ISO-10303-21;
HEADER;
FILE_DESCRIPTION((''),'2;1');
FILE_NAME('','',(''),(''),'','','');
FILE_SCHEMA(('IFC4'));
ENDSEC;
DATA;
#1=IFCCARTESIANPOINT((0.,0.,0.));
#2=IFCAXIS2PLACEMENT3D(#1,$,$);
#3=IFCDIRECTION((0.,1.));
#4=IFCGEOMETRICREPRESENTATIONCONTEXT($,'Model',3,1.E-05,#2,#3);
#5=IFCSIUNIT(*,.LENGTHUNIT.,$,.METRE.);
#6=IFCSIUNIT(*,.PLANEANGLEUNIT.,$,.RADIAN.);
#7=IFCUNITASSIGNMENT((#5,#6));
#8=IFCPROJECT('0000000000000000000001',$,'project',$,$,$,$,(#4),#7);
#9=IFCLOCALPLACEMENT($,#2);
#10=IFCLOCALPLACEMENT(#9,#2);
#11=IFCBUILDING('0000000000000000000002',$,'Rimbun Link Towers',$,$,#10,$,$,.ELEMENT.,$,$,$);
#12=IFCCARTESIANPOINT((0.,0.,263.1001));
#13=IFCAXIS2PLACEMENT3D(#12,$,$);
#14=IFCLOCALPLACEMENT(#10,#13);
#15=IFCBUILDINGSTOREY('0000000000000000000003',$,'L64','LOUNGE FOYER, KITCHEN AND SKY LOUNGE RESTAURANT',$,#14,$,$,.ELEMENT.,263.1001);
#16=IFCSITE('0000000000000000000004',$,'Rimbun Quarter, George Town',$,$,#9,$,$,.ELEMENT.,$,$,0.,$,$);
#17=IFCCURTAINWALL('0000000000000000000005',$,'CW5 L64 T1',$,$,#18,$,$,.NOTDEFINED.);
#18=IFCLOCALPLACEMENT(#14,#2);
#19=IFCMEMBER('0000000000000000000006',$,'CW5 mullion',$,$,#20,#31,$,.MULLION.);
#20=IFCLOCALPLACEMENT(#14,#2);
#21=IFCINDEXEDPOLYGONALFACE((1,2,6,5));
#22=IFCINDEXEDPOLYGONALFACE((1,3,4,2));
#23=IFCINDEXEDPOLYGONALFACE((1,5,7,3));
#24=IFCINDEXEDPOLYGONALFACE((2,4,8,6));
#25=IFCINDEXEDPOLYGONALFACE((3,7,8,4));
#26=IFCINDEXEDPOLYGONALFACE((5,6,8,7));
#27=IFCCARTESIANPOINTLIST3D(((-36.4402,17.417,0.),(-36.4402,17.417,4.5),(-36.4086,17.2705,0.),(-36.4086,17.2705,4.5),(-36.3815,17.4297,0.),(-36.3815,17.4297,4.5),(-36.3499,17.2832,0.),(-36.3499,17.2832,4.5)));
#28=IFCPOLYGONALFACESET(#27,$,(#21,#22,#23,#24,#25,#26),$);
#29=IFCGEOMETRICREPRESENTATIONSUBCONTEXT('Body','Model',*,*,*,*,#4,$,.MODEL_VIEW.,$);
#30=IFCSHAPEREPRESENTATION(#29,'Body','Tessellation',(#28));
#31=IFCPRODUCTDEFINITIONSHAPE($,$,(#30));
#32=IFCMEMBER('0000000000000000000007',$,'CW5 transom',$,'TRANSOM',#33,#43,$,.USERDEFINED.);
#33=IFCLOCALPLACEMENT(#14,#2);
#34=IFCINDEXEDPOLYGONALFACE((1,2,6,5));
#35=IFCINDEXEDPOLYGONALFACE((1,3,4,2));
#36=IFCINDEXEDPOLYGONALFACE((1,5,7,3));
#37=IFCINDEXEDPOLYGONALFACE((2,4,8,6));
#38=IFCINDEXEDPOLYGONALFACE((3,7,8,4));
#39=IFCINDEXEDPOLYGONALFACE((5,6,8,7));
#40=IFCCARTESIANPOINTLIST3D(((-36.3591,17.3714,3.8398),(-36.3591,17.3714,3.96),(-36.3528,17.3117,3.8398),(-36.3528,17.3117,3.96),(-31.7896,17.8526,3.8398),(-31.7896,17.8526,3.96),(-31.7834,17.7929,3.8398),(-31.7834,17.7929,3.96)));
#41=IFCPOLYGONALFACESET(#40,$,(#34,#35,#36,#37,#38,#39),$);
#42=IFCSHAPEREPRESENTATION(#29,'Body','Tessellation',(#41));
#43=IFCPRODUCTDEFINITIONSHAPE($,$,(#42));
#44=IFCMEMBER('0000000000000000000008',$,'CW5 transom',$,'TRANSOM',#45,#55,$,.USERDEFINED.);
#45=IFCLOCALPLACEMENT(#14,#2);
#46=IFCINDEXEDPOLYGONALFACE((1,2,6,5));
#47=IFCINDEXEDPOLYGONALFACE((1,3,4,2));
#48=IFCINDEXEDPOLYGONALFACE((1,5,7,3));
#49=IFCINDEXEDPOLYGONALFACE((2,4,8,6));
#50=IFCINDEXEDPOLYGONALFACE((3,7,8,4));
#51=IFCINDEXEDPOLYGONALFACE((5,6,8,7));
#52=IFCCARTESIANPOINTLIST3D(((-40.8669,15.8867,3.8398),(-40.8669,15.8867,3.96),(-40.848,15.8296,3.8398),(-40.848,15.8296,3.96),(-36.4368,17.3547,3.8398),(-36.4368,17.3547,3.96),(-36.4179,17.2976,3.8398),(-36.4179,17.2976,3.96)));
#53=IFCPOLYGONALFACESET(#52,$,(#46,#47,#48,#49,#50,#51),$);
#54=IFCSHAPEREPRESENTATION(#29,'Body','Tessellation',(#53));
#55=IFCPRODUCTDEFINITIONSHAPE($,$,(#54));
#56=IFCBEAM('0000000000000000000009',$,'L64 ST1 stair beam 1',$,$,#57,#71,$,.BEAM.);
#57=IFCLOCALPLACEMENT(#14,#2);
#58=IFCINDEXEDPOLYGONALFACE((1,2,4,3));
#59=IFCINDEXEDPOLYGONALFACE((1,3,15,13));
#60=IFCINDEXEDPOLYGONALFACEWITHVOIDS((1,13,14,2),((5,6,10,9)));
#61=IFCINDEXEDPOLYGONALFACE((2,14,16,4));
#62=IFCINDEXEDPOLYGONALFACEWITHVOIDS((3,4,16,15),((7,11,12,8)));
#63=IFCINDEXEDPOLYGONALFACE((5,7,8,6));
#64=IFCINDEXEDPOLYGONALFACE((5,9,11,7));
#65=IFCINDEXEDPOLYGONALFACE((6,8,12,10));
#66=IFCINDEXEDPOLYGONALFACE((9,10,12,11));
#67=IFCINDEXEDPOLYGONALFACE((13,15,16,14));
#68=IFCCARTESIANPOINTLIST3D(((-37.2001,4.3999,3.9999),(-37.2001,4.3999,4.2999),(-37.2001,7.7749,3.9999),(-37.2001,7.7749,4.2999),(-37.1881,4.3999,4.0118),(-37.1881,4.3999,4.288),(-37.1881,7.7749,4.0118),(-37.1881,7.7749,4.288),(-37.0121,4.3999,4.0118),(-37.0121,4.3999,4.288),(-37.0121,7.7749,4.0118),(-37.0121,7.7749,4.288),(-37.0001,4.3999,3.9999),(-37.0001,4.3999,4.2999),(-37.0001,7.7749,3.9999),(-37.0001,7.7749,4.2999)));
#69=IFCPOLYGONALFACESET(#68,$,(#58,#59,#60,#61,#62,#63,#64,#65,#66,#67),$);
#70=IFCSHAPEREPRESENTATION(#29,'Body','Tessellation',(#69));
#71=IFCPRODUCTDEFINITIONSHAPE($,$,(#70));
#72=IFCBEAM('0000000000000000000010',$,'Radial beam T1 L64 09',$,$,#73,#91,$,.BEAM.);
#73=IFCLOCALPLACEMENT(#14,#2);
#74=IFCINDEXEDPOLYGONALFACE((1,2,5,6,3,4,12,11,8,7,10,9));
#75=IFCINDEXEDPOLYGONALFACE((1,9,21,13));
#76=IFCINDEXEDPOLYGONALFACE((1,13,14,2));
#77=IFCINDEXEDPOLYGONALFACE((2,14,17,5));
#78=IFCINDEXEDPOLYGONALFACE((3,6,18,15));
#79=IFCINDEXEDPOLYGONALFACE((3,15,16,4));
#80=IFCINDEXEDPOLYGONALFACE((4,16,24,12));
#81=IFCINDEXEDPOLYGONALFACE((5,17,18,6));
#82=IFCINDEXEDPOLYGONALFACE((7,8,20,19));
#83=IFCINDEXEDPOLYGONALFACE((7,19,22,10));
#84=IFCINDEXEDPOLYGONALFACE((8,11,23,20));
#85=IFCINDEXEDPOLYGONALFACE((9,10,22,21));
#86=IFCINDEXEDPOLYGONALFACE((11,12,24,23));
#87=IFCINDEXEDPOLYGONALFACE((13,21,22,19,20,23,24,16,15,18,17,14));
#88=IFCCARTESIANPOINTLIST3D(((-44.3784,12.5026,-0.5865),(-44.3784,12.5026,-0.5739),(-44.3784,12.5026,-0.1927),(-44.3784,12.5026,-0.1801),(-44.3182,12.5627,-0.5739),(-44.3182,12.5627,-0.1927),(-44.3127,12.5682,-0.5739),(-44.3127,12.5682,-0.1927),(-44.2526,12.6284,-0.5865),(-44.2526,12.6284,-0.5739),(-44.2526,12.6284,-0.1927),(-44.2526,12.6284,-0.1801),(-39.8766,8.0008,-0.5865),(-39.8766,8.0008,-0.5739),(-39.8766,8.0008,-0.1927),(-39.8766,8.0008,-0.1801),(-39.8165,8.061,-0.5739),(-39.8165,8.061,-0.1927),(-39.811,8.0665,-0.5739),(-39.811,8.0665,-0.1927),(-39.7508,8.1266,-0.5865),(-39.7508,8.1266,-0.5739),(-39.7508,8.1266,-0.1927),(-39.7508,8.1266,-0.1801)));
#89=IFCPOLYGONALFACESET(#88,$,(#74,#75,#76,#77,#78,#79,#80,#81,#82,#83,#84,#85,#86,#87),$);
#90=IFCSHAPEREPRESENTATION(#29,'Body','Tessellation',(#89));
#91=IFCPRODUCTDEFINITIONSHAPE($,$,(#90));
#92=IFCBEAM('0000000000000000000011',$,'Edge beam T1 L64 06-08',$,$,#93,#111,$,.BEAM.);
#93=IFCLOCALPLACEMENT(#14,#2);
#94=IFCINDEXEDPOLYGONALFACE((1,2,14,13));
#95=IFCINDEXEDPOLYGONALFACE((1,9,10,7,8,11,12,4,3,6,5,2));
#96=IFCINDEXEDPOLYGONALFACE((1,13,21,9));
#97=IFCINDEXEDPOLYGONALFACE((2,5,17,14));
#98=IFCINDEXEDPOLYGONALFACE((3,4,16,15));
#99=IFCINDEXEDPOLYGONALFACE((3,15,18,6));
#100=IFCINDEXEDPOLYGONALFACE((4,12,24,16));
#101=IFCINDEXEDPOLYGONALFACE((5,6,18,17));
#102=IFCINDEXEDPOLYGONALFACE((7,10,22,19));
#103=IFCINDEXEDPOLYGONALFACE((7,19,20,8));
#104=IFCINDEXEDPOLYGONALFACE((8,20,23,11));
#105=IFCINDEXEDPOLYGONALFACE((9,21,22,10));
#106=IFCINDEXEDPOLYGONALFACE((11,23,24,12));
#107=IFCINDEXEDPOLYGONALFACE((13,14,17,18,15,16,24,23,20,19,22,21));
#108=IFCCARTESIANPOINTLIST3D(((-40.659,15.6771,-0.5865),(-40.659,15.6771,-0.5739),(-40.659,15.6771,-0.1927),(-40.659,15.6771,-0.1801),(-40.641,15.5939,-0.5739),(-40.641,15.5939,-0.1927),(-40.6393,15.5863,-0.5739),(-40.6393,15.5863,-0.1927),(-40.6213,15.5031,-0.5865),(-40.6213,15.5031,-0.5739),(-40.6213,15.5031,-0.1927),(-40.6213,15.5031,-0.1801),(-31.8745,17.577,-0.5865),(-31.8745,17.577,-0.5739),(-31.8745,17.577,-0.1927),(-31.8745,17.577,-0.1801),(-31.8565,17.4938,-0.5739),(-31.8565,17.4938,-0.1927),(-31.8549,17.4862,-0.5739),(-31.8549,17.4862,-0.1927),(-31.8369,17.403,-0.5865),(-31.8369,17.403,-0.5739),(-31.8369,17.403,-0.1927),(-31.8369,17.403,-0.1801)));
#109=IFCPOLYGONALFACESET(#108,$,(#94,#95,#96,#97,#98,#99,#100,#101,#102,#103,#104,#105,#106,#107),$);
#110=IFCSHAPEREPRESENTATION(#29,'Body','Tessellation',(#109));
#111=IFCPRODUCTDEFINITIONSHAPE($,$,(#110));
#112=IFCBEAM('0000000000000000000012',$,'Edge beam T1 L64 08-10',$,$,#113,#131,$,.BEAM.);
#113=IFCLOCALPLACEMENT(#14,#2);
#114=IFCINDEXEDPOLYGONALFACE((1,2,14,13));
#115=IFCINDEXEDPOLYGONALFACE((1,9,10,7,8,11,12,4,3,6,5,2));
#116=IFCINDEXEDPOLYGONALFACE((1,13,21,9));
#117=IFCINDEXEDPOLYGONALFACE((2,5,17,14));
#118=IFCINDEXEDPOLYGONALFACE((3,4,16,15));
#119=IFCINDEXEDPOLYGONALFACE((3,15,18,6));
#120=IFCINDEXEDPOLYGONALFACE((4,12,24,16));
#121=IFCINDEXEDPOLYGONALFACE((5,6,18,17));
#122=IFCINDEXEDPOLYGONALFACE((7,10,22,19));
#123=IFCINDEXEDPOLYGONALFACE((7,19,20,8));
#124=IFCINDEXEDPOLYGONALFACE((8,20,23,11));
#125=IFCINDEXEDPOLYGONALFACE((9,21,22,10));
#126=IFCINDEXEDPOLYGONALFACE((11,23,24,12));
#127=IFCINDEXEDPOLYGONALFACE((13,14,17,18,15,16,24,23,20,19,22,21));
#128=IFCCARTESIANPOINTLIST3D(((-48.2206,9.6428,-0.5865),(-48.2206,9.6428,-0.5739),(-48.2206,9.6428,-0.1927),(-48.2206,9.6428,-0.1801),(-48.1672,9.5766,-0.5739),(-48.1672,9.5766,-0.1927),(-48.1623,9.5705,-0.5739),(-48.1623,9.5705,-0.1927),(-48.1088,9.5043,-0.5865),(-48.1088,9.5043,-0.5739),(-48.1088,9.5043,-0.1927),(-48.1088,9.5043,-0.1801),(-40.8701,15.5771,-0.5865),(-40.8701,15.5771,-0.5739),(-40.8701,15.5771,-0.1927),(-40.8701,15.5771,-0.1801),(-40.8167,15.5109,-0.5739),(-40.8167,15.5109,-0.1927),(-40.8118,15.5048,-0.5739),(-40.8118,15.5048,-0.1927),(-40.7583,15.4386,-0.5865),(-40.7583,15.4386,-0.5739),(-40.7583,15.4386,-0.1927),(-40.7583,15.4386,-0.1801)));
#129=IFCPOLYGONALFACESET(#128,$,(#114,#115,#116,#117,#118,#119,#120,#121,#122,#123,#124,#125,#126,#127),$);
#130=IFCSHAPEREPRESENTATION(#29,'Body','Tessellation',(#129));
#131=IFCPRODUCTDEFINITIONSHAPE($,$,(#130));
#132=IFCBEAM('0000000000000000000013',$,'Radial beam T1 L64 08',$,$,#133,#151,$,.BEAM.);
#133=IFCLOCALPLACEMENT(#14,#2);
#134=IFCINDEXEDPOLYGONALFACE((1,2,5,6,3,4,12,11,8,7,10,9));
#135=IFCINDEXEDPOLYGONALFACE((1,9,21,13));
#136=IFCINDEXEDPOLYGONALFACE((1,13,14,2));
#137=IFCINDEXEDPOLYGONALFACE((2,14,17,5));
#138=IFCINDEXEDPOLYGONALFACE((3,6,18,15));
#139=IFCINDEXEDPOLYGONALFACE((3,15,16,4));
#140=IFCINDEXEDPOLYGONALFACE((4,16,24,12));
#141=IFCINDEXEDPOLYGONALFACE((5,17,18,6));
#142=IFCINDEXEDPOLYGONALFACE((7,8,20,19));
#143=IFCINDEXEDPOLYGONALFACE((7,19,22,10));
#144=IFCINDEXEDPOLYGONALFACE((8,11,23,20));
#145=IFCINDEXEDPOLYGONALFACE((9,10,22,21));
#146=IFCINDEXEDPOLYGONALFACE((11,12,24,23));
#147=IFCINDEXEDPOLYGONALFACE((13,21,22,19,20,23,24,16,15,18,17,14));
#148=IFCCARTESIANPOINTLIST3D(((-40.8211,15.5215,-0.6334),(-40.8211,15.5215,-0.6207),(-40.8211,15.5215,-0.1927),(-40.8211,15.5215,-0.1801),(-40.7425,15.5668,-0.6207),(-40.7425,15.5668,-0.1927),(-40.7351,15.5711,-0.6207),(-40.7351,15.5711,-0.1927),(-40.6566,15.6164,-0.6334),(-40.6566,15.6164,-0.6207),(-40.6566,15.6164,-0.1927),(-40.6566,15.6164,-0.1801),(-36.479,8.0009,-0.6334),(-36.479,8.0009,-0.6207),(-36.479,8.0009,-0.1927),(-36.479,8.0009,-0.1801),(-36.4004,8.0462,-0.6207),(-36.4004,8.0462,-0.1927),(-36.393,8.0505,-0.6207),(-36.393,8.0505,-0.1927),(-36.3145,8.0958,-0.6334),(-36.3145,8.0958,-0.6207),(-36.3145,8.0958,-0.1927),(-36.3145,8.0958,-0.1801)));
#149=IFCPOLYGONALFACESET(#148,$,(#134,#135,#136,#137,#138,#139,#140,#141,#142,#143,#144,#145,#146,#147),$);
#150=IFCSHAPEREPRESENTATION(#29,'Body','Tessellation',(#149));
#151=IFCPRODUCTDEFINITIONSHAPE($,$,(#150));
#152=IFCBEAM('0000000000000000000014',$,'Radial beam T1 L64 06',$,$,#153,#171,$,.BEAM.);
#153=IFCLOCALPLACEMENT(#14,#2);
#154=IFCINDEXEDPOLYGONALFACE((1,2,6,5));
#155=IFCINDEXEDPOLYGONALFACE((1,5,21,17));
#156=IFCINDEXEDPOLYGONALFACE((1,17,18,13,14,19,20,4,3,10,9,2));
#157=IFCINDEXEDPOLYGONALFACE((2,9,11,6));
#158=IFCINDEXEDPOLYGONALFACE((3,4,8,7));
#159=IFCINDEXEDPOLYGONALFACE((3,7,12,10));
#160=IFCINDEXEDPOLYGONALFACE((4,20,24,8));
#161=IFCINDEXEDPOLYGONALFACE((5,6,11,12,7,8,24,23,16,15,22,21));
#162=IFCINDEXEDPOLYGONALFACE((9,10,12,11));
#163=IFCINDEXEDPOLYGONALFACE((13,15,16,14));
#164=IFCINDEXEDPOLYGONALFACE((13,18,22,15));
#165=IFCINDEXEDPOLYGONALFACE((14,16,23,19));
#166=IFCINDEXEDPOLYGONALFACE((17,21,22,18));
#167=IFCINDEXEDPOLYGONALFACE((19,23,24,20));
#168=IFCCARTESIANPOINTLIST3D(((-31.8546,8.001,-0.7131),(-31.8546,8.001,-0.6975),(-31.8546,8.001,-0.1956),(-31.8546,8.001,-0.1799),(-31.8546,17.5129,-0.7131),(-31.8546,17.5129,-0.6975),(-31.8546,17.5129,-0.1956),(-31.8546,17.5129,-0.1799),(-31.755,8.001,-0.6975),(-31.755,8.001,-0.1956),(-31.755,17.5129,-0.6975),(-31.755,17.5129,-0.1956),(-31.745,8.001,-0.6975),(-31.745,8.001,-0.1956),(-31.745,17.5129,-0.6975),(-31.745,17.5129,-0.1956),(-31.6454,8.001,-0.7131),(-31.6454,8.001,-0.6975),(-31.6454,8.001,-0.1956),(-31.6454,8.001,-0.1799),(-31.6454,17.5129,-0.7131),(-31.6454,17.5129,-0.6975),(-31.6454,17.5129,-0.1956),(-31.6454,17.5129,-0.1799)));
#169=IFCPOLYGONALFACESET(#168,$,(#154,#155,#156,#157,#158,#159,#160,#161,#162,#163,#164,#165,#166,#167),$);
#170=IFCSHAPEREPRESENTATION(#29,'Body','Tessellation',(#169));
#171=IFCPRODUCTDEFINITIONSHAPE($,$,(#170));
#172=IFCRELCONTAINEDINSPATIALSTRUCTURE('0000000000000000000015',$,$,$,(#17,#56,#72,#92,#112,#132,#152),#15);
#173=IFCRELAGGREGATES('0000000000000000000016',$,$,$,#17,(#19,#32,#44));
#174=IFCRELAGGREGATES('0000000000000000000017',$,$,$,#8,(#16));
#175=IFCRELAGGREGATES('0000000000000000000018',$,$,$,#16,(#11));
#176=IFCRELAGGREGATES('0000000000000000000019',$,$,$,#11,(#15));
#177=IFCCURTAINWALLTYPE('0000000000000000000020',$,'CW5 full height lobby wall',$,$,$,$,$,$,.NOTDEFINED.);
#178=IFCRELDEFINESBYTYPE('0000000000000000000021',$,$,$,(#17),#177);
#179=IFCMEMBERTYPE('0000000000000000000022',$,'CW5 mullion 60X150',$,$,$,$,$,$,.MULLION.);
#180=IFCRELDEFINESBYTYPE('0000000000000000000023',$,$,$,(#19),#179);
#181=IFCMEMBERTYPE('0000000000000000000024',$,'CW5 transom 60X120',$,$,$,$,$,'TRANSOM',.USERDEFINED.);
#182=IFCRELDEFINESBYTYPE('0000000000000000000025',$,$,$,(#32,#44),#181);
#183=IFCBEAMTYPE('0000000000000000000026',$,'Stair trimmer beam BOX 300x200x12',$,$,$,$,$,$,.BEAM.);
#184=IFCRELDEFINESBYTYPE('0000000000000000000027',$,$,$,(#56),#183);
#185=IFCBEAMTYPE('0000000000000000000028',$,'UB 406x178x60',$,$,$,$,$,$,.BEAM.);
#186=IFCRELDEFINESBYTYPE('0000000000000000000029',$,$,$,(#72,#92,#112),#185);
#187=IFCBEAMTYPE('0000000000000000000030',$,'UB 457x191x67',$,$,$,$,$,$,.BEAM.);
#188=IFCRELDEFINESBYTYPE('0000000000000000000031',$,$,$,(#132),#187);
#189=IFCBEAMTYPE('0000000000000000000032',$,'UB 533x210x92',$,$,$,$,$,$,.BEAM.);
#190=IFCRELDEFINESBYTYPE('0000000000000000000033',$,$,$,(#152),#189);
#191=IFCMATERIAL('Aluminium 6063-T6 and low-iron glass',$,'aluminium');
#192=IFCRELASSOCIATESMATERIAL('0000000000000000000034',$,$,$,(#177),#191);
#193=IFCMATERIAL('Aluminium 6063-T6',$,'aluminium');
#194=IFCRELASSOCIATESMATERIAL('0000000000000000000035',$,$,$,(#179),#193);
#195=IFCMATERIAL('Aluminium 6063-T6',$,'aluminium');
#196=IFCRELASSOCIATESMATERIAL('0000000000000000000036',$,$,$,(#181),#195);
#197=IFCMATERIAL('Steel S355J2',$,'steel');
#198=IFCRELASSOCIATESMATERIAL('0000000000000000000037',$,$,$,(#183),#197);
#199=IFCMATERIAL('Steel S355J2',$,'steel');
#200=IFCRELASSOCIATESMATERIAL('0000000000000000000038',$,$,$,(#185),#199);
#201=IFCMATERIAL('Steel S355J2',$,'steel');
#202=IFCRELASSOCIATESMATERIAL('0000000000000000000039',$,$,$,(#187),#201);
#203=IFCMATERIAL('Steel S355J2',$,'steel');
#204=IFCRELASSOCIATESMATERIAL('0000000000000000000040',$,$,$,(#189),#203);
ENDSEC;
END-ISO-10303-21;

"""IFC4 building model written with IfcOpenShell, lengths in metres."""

from ifc_helpers import new_model, si_unit, direction, frame, origin, origin_2d, place, context, subcontext, project, spatial, rectangle, hollow_rectangle, i_section, extrude, material, material_profile, profile_set, type_object, element, aggregate, save


model = new_model("IFC4")

# Units and contexts
model_context = context("Model", 3, precision=1e-05, world=origin(), true_north=direction((0.0, 1.0)))
body_context = subcontext(model_context, "Body", "Model", "MODEL_VIEW")
ifc_project = project(units=[si_unit("LENGTHUNIT", "METRE"), si_unit("PLANEANGLEUNIT", "RADIAN")], contexts=[model_context])

# Site, building, storey
site_placement = place(None, origin())
site = spatial("IfcSite", under=ifc_project, at=site_placement, Name="Rimbun Quarter, George Town", CompositionType="ELEMENT", RefElevation=0.0)
building_placement = place(site_placement, origin())
building = spatial("IfcBuilding", under=site, at=building_placement, Name="Rimbun Link Towers", CompositionType="ELEMENT")
storey_placement = place(building_placement, frame((0.0, 0.0, 263.1001)))
storey = spatial("IfcBuildingStorey", under=building, at=storey_placement, Name="L64", Description="LOUNGE FOYER, KITCHEN AND SKY LOUNGE RESTAURANT", CompositionType="ELEMENT", Elevation=263.1001)

# Curtain wall, members
ifc_material_1 = material(Name="Aluminium 6063-T6 and low-iron glass", Category="aluminium")
curtain_wall_type = type_object("IfcCurtainWallType", Name="CW5 full height lobby wall", PredefinedType="NOTDEFINED", material=ifc_material_1)
curtain_wall_placement = place(storey_placement, origin())
curtain_wall = element("IfcCurtainWall", 1, at=curtain_wall_placement, inside=storey, type_object=curtain_wall_type, Name="CW5 L64 T1", PredefinedType="NOTDEFINED")
ifc_material_2 = material(Name="Aluminium 6063-T6", Category="aluminium")
ifc_material_profile_1 = material_profile(ifc_material_2, rectangle(XDim=0.1499, YDim=0.0601, at=origin_2d()), Name="MULLION 60X150")
ifc_profile_set_1 = profile_set([ifc_material_profile_1], Name="Aluminium 6063-T6")
member_type_1 = type_object("IfcMemberType", Name="CW5 mullion 60X150", PredefinedType="MULLION", material=ifc_profile_set_1)
member_1_placement = place(storey_placement, frame((-36.395, 17.3501, 0.0), z_axis=(0.0, 0.0, 1.0), x_axis=(-0.210861, 0.977516, 0.0)))
member_1 = element("IfcMember", 2, at=member_1_placement, type_object=member_type_1, Name="CW5 mullion", PredefinedType="MULLION", context=body_context, shape_type="SweptSolid", body=[
    extrude(rectangle(XDim=0.1499, YDim=0.0601, at=origin_2d()), origin(), (0.0, 0.0, 1.0), 4.5),
])
ifc_material_3 = material(Name="Aluminium 6063-T6", Category="aluminium")
ifc_material_profile_2 = material_profile(ifc_material_3, rectangle(XDim=0.0601, YDim=0.1201, at=origin_2d()), Name="TRANSOM 60X120")
ifc_profile_set_2 = profile_set([ifc_material_profile_2], Name="Aluminium 6063-T6")
member_type_2 = type_object("IfcMemberType", Name="CW5 transom 60X120", ElementType="TRANSOM", PredefinedType="USERDEFINED", material=ifc_profile_set_2)
member_2_placement = place(storey_placement, frame((-36.356, 17.3416, 3.8999), z_axis=(0.994501, 0.104726, 0.0), x_axis=(-0.104726, 0.994501, 0.0)))
member_2 = element("IfcMember", 3, at=member_2_placement, type_object=member_type_2, Name="CW5 transom", ObjectType="TRANSOM", PredefinedType="USERDEFINED", context=body_context, shape_type="SweptSolid", body=[
    extrude(rectangle(XDim=0.0601, YDim=0.1201, at=origin_2d()), origin(), (0.0, 0.0, 1.0), 4.5947),
])
member_3_placement = place(storey_placement, frame((-40.8574, 15.8582, 3.8999), z_axis=(0.949242, 0.314548, 0.0), x_axis=(-0.314548, 0.949242, 0.0)))
member_3 = element("IfcMember", 4, at=member_3_placement, type_object=member_type_2, Name="CW5 transom", ObjectType="TRANSOM", PredefinedType="USERDEFINED", context=body_context, shape_type="SweptSolid", body=[
    extrude(rectangle(XDim=0.0601, YDim=0.1201, at=origin_2d()), origin(), (0.0, 0.0, 1.0), 4.667),
])

# Beams
ifc_material_4 = material(Name="Steel S355J2", Category="steel")
ifc_material_profile_3 = material_profile(ifc_material_4, hollow_rectangle(XDim=0.2, YDim=0.3, WallThickness=0.012, at=origin_2d()), Name="BOX 300x200x12")
ifc_profile_set_3 = profile_set([ifc_material_profile_3], Name="Steel S355J2")
beam_type_1 = type_object("IfcBeamType", Name="Stair trimmer beam BOX 300x200x12", PredefinedType="BEAM", material=ifc_profile_set_3)
beam_1_placement = place(storey_placement, frame((-37.1001, 7.7749, 4.1499), z_axis=(0.0, -1.0, 0.0), x_axis=(1.0, 0.0, 0.0)))
element("IfcBeam", 5, at=beam_1_placement, inside=storey, type_object=beam_type_1, Name="L64 ST1 stair beam 1", PredefinedType="BEAM", context=body_context, shape_type="SweptSolid", body=[
    extrude(hollow_rectangle(XDim=0.2, YDim=0.3, WallThickness=0.012, at=origin_2d()), origin(), (0.0, 0.0, 1.0), 3.375),
])
ifc_material_5 = material(Name="Steel S355J2", Category="steel")
ifc_material_profile_4 = material_profile(ifc_material_5, i_section(OverallWidth=0.178, OverallDepth=0.4065, WebThickness=0.0078, FlangeThickness=0.0127, at=origin_2d()), Name="UB 406x178x60")
ifc_profile_set_4 = profile_set([ifc_material_profile_4], Name="Steel S355J2")
beam_type_2 = type_object("IfcBeamType", Name="UB 406x178x60", PredefinedType="BEAM", material=ifc_profile_set_4)
beam_2_placement = place(storey_placement, frame((-39.8137, 8.0637, -0.3833), z_axis=(-0.707107, 0.707107, 0.0), x_axis=(-0.707107, -0.707107, 0.0)))
element("IfcBeam", 6, at=beam_2_placement, inside=storey, type_object=beam_type_2, Name="Radial beam T1 L64 09", PredefinedType="BEAM", context=body_context, shape_type="SweptSolid", body=[
    extrude(i_section(OverallWidth=0.178, OverallDepth=0.4065, WebThickness=0.0078, FlangeThickness=0.0127, at=origin_2d()), origin(), (0.0, 0.0, 1.0), 6.3665),
])
beam_3_placement = place(storey_placement, frame((-31.8557, 17.49, -0.3833), z_axis=(-0.977401, -0.211393, 0.0), x_axis=(0.211393, -0.977401, 0.0)))
element("IfcBeam", 7, at=beam_3_placement, inside=storey, type_object=beam_type_2, Name="Edge beam T1 L64 06-08", PredefinedType="BEAM", context=body_context, shape_type="SweptSolid", body=[
    extrude(i_section(OverallWidth=0.178, OverallDepth=0.4065, WebThickness=0.0078, FlangeThickness=0.0127, at=origin_2d()), origin(), (0.0, 0.0, 1.0), 8.9875),
])
beam_4_placement = place(storey_placement, frame((-40.8142, 15.5078, -0.3833), z_axis=(-0.77808, -0.628165, 0.0), x_axis=(0.628165, -0.77808, 0.0)))
element("IfcBeam", 8, at=beam_4_placement, inside=storey, type_object=beam_type_2, Name="Edge beam T1 L64 08-10", PredefinedType="BEAM", context=body_context, shape_type="SweptSolid", body=[
    extrude(i_section(OverallWidth=0.178, OverallDepth=0.4065, WebThickness=0.0078, FlangeThickness=0.0127, at=origin_2d()), origin(), (0.0, 0.0, 1.0), 9.447),
])
ifc_material_6 = material(Name="Steel S355J2", Category="steel")
ifc_material_profile_5 = material_profile(ifc_material_6, i_section(OverallWidth=0.1899, OverallDepth=0.4534, WebThickness=0.0085, FlangeThickness=0.0127, at=origin_2d()), Name="UB 457x191x67")
ifc_profile_set_5 = profile_set([ifc_material_profile_5], Name="Steel S355J2")
beam_type_3 = type_object("IfcBeamType", Name="UB 457x191x67", PredefinedType="BEAM", material=ifc_profile_set_5)
beam_5_placement = place(storey_placement, frame((-36.3967, 8.0483, -0.4067), z_axis=(-0.500006, 0.866022, 0.0), x_axis=(-0.866022, -0.500006, 0.0)))
element("IfcBeam", 9, at=beam_5_placement, inside=storey, type_object=beam_type_3, Name="Radial beam T1 L64 08", PredefinedType="BEAM", context=body_context, shape_type="SweptSolid", body=[
    extrude(i_section(OverallWidth=0.1899, OverallDepth=0.4534, WebThickness=0.0085, FlangeThickness=0.0127, at=origin_2d()), origin(), (0.0, 0.0, 1.0), 8.6841),
])
ifc_material_7 = material(Name="Steel S355J2", Category="steel")
ifc_material_profile_6 = material_profile(ifc_material_7, i_section(OverallWidth=0.2092, OverallDepth=0.5332, WebThickness=0.01, FlangeThickness=0.0156, at=origin_2d()), Name="UB 533x210x92")
ifc_profile_set_6 = profile_set([ifc_material_profile_6], Name="Steel S355J2")
beam_type_4 = type_object("IfcBeamType", Name="UB 533x210x92", PredefinedType="BEAM", material=ifc_profile_set_6)
beam_6_placement = place(storey_placement, frame((-31.75, 8.001, -0.4465), z_axis=(0.0, 1.0, 0.0), x_axis=(-1.0, 0.0, 0.0)))
element("IfcBeam", 10, at=beam_6_placement, inside=storey, type_object=beam_type_4, Name="Radial beam T1 L64 06", PredefinedType="BEAM", context=body_context, shape_type="SweptSolid", body=[
    extrude(i_section(OverallWidth=0.2092, OverallDepth=0.5332, WebThickness=0.01, FlangeThickness=0.0156, at=origin_2d()), origin(), (0.0, 0.0, 1.0), 9.512),
])

aggregate(curtain_wall, [member_1, member_2, member_3])

save(model, "model.ifc")
